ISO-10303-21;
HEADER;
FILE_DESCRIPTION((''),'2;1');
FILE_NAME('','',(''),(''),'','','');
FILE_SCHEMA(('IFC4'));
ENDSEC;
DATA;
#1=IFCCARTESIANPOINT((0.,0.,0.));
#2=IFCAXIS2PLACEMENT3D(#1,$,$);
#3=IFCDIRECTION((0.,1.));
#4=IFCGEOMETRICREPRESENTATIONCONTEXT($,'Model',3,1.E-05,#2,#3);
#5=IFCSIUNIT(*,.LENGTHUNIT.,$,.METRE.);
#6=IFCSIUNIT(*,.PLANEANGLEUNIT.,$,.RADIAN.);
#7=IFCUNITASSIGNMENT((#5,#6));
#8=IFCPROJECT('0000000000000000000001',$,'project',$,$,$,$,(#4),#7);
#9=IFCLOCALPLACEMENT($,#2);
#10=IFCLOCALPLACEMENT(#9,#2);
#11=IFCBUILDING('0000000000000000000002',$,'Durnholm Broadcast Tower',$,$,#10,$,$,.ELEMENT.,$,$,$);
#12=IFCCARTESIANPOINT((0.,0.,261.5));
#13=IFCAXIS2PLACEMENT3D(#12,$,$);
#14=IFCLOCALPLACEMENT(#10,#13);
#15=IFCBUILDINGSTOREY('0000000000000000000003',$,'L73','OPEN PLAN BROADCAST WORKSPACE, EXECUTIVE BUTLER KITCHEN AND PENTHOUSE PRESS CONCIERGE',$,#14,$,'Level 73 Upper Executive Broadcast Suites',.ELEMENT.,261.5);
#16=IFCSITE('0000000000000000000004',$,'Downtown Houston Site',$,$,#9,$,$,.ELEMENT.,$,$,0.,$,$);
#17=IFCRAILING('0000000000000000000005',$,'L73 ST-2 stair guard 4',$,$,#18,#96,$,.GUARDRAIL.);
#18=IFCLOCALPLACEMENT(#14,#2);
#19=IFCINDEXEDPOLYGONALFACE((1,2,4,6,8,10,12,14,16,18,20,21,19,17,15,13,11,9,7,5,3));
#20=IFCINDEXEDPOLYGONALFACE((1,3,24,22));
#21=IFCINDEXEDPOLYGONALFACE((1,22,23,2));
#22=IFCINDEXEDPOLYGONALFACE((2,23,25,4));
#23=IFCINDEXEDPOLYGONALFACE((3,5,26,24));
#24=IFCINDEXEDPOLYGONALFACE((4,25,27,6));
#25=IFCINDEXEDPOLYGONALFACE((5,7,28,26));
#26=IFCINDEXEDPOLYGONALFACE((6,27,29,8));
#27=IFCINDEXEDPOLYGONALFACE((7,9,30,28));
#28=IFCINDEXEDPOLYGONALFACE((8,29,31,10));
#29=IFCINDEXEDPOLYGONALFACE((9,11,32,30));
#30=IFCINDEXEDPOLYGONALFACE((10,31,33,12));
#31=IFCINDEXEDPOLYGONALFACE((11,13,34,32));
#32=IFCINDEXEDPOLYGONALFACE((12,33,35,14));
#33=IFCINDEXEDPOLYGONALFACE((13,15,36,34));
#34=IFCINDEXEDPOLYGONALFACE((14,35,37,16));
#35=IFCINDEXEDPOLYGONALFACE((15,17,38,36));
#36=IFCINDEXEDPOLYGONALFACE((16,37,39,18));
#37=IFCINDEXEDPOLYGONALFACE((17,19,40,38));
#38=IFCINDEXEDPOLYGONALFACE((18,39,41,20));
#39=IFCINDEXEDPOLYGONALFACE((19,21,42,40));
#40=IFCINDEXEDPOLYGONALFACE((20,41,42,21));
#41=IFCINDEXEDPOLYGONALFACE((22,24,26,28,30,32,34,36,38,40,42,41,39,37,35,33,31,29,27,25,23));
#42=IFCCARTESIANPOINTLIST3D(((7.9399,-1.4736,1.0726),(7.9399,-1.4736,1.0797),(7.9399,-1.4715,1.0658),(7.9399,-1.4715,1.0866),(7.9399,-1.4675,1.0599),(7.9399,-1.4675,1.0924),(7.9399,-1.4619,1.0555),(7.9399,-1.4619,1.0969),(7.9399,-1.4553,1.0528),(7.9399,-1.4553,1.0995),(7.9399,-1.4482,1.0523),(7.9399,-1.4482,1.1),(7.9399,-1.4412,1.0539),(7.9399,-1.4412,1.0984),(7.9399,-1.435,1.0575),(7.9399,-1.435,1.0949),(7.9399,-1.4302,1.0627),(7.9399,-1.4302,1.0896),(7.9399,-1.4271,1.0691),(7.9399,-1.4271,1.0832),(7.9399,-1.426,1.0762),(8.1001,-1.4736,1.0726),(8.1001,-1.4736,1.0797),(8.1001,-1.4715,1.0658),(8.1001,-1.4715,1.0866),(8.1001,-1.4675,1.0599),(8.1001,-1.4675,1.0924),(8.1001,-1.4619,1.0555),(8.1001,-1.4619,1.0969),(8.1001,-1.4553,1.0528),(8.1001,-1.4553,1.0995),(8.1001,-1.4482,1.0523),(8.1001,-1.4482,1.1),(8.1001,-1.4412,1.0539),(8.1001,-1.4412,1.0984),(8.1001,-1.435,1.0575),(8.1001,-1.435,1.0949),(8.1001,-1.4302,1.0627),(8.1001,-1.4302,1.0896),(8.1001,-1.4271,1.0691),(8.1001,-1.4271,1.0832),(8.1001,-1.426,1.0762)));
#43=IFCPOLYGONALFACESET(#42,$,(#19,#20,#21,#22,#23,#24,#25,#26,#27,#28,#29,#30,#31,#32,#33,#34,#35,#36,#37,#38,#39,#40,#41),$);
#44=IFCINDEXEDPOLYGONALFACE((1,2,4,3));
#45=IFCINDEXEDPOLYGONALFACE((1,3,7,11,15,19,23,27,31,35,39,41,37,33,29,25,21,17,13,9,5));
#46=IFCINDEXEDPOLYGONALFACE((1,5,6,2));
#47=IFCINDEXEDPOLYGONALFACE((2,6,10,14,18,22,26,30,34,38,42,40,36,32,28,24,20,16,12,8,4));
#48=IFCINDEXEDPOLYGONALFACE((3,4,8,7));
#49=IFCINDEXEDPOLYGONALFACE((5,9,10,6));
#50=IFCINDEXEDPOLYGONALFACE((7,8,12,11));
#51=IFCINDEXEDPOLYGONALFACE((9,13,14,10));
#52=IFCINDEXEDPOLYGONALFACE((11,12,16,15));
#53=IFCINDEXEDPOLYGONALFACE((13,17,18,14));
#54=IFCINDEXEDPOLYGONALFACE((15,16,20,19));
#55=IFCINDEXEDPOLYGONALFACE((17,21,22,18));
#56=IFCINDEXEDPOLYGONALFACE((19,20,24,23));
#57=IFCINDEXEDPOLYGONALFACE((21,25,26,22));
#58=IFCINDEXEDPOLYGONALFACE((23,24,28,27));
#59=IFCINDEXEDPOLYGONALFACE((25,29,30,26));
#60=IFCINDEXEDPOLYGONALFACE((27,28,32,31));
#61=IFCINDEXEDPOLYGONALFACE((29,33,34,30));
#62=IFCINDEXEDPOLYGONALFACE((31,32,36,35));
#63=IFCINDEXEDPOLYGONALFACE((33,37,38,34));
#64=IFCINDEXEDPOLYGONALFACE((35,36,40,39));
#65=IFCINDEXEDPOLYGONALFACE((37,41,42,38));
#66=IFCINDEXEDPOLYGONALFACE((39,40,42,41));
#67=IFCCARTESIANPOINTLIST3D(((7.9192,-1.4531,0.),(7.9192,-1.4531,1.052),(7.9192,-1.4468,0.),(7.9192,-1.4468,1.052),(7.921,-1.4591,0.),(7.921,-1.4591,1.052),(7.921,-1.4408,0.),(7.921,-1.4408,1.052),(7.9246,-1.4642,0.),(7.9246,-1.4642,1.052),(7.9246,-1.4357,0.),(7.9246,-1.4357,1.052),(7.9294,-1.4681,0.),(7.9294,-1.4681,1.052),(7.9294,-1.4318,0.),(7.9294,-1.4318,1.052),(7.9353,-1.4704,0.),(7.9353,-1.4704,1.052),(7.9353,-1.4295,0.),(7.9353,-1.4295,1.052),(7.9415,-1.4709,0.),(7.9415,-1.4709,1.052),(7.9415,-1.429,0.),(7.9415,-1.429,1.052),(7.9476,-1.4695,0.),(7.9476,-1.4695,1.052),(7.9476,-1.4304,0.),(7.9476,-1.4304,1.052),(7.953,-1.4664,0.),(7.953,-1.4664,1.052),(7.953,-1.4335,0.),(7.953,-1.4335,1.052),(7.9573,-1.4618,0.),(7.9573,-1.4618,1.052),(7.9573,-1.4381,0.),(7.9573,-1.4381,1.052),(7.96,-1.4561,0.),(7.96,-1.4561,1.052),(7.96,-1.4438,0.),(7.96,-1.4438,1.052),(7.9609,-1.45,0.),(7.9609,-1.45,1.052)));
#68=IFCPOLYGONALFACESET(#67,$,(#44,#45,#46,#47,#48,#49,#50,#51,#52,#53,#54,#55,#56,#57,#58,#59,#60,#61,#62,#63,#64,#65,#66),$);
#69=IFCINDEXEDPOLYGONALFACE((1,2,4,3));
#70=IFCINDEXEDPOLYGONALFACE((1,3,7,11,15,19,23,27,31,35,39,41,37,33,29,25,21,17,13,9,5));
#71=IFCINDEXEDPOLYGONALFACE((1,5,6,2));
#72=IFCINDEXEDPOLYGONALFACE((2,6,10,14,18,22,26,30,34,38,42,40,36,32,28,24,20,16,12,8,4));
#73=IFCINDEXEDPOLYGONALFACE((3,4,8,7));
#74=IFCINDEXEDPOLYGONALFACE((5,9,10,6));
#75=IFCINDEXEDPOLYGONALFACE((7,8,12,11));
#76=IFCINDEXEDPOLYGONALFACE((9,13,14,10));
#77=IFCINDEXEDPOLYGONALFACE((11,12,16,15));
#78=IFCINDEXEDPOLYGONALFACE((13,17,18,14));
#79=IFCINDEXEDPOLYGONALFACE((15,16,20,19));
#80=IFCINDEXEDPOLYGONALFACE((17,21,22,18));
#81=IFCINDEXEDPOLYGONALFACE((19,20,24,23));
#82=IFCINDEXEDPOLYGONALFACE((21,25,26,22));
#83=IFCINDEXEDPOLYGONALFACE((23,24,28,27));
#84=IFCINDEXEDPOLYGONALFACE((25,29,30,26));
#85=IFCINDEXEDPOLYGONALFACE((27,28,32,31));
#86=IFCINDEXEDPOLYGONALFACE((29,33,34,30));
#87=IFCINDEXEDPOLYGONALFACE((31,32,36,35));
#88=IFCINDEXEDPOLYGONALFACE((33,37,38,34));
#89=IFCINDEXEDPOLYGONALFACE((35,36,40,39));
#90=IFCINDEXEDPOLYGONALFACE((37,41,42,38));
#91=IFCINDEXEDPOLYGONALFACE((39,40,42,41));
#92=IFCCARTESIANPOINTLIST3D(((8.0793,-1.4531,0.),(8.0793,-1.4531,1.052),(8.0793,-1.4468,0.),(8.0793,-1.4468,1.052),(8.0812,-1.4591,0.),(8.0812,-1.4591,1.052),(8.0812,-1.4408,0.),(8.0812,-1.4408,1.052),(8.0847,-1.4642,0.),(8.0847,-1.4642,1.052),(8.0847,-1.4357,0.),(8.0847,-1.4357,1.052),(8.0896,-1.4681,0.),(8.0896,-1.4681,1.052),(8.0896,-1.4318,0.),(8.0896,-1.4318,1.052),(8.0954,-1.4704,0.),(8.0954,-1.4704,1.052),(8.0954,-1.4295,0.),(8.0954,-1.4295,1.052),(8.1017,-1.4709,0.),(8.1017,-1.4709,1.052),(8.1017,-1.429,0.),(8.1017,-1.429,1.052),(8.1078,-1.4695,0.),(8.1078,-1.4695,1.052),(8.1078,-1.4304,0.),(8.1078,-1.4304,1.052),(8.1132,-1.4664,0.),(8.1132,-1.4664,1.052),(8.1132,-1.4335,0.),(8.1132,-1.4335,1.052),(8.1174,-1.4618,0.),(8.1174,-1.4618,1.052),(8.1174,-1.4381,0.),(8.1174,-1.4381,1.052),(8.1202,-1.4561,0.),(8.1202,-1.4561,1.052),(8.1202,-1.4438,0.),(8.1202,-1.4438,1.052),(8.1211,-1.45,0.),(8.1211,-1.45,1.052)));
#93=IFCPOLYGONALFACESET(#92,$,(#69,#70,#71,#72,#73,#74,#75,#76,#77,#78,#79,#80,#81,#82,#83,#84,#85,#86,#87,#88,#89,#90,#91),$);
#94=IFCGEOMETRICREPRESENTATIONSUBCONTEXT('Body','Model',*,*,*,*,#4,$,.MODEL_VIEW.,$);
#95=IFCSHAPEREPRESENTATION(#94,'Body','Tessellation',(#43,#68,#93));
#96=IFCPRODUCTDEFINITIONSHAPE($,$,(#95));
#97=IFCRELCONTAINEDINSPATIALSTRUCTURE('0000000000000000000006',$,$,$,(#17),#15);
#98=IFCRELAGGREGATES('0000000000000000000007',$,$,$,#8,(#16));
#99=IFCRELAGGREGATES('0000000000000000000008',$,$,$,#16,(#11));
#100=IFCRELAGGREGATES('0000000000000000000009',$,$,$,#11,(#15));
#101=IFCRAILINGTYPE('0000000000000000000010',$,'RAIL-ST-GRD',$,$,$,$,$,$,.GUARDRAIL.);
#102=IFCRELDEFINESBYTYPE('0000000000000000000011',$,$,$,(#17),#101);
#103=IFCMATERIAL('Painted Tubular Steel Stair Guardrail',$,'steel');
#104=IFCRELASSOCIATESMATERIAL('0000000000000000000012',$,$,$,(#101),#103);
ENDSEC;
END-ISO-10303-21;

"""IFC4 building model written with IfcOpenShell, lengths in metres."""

from ifc_helpers import new_model, si_unit, direction, frame, origin, origin_2d, place, context, subcontext, project, spatial, circle, extrude, material, type_object, element, save


model = new_model("IFC4")

# Units and contexts
model_context = context("Model", 3, precision=1e-05, world=origin(), true_north=direction((0.0, 1.0)))
body_context = subcontext(model_context, "Body", "Model", "MODEL_VIEW")
ifc_project = project(units=[si_unit("LENGTHUNIT", "METRE"), si_unit("PLANEANGLEUNIT", "RADIAN")], contexts=[model_context])

# Site, building, storey
site_placement = place(None, origin())
site = spatial("IfcSite", under=ifc_project, at=site_placement, Name="Downtown Houston Site", CompositionType="ELEMENT", RefElevation=0.0)
building_placement = place(site_placement, origin())
building = spatial("IfcBuilding", under=site, at=building_placement, Name="Durnholm Broadcast Tower", CompositionType="ELEMENT")
storey_placement = place(building_placement, frame((0.0, 0.0, 261.5)))
storey = spatial("IfcBuildingStorey", under=building, at=storey_placement, Name="L73", Description="OPEN PLAN BROADCAST WORKSPACE, EXECUTIVE BUTLER KITCHEN AND PENTHOUSE PRESS CONCIERGE", LongName="Level 73 Upper Executive Broadcast Suites", CompositionType="ELEMENT", Elevation=261.5)

# Railing
ifc_material_1 = material(Name="Painted Tubular Steel Stair Guardrail", Category="steel")
railing_type_1 = type_object("IfcRailingType", Name="RAIL-ST-GRD", PredefinedType="GUARDRAIL", material=ifc_material_1)
railing_1_placement = place(storey_placement, frame((7.9399, -1.45, 0.0)))
element("IfcRailing", 1, at=railing_1_placement, inside=storey, type_object=railing_type_1, Name="L73 ST-2 stair guard 4", PredefinedType="GUARDRAIL", context=body_context, shape_type="SweptSolid", body=[
    extrude(circle(Radius=0.0239, at=origin_2d()), frame((0.0, 0.0, 1.0762), z_axis=(1.0, 0.0, 0.0), x_axis=(0.0, 1.0, 0.0)), (0.0, 0.0, 1.0), 0.1602),
    extrude(circle(Radius=0.021, at=origin_2d()), origin(), (0.0, 0.0, 1.0), 1.052),
    extrude(circle(Radius=0.021, at=origin_2d()), frame((0.1602, 0.0, 0.0)), (0.0, 0.0, 1.0), 1.052),
])

save(model, "model.ifc")
